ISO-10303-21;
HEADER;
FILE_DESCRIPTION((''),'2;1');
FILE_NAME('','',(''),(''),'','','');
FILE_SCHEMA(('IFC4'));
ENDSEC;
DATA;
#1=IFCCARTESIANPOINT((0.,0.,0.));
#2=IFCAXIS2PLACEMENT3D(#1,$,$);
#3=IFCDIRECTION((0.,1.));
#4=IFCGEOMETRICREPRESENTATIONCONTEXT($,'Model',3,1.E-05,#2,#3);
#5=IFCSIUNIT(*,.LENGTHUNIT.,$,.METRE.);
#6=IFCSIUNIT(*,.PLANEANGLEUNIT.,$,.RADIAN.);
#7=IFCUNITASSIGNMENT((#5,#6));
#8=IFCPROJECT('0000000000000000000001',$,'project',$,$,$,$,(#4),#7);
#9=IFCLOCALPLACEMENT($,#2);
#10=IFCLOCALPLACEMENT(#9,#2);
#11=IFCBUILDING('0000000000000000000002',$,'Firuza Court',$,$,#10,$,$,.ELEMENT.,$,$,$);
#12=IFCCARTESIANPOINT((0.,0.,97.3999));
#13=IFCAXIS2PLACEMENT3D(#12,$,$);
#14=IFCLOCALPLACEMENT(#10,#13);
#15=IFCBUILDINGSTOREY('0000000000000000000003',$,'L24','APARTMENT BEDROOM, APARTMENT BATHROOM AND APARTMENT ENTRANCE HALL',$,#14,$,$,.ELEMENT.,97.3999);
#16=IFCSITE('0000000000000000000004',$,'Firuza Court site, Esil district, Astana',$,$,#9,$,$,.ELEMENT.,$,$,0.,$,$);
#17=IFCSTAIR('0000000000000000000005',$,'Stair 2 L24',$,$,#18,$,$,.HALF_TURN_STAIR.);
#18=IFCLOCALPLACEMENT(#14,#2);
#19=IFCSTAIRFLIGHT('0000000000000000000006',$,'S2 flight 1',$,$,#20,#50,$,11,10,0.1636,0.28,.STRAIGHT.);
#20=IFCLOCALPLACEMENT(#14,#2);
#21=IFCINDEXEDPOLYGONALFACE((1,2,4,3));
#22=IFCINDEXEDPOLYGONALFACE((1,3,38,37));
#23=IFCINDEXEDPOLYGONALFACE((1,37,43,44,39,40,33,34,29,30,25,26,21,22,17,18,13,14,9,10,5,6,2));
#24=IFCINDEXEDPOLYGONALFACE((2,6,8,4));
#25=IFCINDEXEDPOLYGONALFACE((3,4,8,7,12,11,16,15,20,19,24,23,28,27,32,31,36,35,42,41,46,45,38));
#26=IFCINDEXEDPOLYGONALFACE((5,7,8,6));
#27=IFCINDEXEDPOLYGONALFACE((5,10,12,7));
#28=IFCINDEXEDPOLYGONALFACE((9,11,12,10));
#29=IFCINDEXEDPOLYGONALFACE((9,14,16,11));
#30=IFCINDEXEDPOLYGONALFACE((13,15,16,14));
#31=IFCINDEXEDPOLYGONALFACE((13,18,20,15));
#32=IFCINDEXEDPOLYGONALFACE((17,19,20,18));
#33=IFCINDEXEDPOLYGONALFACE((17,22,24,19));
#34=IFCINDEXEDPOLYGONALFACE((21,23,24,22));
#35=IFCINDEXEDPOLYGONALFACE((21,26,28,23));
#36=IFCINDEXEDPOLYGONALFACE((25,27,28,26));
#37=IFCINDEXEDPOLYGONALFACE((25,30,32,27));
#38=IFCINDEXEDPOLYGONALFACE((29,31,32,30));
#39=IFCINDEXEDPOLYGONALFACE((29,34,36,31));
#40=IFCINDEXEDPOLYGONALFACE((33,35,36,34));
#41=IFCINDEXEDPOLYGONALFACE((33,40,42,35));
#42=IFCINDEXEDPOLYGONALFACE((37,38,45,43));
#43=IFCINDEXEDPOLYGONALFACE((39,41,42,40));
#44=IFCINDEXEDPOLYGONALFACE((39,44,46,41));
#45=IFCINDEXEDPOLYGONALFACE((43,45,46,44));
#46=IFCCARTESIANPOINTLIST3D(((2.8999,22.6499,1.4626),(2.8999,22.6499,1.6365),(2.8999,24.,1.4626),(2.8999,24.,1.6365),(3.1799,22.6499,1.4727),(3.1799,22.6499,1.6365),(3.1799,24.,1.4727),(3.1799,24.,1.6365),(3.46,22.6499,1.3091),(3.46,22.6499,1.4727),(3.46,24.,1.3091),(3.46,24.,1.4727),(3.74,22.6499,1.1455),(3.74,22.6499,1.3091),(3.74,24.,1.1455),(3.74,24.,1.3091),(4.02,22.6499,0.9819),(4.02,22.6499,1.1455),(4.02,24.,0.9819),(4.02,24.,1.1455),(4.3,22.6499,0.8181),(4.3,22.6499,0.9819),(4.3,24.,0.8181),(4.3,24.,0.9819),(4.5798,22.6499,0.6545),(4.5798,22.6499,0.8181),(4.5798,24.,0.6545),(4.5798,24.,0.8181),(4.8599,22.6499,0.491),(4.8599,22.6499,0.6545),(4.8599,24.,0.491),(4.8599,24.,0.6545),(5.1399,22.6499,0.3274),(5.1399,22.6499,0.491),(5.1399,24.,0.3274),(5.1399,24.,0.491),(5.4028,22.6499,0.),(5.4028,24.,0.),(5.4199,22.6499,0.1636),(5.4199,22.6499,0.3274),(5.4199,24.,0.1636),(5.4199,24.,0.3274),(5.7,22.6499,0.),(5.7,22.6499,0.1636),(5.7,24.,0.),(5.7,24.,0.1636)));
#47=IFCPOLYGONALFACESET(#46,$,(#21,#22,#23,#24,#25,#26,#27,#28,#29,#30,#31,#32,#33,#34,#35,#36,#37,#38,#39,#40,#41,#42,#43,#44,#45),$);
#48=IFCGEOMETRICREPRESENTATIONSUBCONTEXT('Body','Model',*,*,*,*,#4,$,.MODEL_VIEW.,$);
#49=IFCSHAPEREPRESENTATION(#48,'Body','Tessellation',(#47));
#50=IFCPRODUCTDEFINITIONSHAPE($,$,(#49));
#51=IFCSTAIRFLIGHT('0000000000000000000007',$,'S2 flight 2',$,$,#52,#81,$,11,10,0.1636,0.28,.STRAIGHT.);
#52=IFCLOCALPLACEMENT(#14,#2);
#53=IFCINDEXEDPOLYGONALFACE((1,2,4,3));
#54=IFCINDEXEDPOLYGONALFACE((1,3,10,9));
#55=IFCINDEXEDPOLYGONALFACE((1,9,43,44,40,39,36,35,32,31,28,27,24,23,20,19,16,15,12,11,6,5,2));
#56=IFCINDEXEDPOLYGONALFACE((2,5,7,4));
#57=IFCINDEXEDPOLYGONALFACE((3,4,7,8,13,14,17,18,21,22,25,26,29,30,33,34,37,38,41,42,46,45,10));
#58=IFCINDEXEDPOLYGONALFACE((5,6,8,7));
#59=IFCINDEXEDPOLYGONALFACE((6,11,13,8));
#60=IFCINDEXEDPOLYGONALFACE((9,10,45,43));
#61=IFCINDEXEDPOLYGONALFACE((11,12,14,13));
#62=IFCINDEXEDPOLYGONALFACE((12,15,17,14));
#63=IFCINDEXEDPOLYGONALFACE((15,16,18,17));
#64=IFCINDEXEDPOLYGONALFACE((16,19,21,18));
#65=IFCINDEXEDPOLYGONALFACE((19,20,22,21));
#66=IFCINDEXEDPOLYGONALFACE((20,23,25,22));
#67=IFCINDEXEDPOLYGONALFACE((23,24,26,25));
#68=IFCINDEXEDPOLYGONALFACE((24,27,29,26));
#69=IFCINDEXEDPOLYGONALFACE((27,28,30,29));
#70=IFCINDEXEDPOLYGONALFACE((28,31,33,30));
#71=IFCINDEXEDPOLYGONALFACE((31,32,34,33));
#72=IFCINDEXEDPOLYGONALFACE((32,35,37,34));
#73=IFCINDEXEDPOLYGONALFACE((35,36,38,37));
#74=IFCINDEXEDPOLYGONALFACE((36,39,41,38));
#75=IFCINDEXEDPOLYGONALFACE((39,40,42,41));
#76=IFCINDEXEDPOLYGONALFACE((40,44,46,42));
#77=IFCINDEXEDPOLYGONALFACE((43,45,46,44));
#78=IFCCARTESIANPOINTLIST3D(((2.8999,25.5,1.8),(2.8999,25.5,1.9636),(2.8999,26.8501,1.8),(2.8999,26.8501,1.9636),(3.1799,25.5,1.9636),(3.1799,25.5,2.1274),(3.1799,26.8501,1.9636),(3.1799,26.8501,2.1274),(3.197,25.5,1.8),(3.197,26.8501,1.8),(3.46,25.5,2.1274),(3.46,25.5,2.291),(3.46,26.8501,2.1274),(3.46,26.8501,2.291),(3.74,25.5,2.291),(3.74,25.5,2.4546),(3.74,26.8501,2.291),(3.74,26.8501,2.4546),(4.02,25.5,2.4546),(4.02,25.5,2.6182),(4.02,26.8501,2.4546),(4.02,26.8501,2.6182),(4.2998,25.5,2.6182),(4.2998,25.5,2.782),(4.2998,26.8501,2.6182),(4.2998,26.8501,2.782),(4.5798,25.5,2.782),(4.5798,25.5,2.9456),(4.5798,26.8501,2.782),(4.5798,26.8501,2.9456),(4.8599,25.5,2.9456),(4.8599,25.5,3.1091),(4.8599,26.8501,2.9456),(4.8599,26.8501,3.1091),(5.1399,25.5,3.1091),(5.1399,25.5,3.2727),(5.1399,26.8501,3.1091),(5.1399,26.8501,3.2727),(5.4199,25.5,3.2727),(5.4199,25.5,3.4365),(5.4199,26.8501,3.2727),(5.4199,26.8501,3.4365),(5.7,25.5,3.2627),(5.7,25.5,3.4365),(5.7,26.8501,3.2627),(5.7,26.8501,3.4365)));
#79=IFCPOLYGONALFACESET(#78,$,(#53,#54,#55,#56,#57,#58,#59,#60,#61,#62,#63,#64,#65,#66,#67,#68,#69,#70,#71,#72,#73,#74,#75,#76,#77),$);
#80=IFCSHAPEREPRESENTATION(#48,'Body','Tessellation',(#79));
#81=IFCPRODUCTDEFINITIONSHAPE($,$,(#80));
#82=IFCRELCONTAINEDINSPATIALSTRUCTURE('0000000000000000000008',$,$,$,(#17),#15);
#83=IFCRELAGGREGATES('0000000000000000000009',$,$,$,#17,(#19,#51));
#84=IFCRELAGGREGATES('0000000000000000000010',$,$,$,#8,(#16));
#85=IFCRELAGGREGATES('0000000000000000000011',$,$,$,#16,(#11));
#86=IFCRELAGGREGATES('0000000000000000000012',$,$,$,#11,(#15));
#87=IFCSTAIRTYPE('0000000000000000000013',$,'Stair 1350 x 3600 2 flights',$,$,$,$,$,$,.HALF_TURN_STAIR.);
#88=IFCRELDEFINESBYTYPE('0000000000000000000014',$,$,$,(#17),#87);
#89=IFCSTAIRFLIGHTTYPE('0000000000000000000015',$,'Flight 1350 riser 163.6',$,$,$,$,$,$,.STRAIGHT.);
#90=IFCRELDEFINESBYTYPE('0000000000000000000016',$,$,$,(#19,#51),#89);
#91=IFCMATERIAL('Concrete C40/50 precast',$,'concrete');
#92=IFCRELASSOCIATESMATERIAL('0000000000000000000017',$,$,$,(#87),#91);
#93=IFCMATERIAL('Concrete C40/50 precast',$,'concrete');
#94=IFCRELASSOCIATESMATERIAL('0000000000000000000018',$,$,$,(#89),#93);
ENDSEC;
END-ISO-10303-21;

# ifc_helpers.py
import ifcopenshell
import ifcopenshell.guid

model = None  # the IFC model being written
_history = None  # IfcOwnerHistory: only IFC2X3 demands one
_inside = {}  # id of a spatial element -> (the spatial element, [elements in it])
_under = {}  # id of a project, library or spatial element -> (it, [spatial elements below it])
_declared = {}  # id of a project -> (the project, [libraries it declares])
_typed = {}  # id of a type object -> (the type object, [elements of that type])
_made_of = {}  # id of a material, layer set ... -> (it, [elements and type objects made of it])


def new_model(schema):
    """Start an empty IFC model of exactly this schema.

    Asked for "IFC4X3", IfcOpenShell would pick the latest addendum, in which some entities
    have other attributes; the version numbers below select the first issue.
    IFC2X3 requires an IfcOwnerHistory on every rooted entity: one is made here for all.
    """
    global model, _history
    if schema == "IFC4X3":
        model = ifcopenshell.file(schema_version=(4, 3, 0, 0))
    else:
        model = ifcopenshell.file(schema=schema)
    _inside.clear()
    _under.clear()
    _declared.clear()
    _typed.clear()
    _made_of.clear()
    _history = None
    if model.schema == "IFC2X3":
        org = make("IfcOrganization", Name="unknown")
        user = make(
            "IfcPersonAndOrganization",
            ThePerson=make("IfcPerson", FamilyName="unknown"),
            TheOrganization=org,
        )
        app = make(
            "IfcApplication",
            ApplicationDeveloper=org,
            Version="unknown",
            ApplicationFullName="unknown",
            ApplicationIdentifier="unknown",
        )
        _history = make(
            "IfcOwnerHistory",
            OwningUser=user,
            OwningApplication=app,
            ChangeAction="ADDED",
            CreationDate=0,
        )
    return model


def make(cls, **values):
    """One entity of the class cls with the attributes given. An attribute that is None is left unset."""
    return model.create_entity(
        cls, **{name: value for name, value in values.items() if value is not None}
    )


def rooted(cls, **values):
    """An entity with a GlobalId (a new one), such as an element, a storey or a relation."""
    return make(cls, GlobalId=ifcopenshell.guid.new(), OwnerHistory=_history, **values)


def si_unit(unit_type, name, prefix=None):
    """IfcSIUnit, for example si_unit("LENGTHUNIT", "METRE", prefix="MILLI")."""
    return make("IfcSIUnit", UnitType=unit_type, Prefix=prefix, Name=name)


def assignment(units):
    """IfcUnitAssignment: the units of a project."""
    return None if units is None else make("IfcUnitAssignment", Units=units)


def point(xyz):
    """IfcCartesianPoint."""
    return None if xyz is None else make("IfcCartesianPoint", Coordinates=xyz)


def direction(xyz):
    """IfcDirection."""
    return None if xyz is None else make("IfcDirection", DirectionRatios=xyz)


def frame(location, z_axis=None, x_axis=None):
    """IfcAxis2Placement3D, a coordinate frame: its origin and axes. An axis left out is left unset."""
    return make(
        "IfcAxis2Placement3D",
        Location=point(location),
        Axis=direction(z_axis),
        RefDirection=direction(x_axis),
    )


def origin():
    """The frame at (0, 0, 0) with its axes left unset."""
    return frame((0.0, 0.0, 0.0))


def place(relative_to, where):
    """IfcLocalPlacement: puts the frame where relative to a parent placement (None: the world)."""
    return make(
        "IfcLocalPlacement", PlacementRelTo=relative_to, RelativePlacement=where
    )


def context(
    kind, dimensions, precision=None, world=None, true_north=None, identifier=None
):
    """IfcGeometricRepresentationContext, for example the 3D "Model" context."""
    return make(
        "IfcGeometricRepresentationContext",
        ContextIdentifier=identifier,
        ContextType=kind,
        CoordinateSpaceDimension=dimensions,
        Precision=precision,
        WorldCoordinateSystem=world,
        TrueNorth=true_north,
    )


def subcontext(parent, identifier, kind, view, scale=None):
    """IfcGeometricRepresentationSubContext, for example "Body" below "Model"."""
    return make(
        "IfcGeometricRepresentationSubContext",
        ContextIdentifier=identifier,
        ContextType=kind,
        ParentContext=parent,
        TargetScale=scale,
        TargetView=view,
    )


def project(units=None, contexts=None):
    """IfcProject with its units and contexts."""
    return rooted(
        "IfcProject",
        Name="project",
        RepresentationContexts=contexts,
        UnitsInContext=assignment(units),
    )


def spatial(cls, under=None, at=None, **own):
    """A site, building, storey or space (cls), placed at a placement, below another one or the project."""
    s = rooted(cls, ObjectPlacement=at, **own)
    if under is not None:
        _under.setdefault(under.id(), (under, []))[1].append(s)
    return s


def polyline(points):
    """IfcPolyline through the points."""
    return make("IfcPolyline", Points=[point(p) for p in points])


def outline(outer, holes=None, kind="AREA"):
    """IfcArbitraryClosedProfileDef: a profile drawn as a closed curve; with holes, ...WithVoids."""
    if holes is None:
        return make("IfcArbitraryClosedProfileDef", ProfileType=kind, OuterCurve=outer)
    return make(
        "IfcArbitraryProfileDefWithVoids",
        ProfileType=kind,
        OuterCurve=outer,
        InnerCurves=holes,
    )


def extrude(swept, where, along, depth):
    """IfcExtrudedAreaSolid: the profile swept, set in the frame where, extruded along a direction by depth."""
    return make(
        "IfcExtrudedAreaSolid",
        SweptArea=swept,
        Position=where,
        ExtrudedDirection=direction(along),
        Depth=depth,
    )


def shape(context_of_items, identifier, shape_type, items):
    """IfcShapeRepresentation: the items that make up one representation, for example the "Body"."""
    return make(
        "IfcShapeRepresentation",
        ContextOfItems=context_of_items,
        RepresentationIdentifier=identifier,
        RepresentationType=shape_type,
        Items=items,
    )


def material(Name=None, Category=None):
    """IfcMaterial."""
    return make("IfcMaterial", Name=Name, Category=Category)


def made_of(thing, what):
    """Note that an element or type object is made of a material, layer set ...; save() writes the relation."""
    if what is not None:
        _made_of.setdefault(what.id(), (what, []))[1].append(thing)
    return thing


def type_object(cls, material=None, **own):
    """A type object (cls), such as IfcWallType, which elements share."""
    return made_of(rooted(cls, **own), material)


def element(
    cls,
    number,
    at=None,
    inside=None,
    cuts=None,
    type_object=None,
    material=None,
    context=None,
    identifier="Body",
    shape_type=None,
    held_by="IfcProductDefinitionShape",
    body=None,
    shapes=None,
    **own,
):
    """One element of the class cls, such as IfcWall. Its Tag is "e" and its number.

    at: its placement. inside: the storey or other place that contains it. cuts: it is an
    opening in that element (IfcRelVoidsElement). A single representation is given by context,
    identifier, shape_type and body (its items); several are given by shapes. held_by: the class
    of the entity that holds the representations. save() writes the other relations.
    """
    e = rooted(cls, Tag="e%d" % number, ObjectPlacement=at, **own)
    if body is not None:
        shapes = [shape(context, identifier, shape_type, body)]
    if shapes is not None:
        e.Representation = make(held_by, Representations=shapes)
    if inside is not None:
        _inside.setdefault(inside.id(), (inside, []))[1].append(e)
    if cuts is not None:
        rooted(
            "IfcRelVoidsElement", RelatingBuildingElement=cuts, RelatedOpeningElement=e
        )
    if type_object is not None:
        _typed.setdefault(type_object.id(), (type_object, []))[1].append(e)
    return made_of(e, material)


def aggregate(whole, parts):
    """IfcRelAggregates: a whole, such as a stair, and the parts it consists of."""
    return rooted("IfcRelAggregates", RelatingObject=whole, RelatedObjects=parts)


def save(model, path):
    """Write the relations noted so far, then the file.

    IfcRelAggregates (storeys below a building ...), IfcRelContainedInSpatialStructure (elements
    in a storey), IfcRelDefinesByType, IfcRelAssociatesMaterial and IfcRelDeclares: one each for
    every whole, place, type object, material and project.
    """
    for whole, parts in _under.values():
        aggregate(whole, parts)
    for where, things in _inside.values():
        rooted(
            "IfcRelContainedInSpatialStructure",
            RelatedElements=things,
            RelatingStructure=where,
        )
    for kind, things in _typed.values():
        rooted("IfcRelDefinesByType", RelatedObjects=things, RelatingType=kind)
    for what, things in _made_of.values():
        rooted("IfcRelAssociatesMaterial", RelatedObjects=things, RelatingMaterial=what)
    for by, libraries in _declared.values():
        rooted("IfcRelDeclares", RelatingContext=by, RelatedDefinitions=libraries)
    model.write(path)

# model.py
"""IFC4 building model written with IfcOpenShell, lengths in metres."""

from ifc_helpers import new_model, si_unit, direction, frame, origin, place, context, subcontext, project, spatial, polyline, outline, extrude, material, type_object, element, aggregate, save


model = new_model("IFC4")

# Units and contexts
model_context = context("Model", 3, precision=1e-05, world=origin(), true_north=direction((0.0, 1.0)))
body_context = subcontext(model_context, "Body", "Model", "MODEL_VIEW")
ifc_project = project(units=[si_unit("LENGTHUNIT", "METRE"), si_unit("PLANEANGLEUNIT", "RADIAN")], contexts=[model_context])

# Site, building, storey
site_placement = place(None, origin())
site = spatial("IfcSite", under=ifc_project, at=site_placement, Name="Firuza Court site, Esil district, Astana", CompositionType="ELEMENT", RefElevation=0.0)
building_placement = place(site_placement, origin())
building = spatial("IfcBuilding", under=site, at=building_placement, Name="Firuza Court", CompositionType="ELEMENT")
storey_placement = place(building_placement, frame((0.0, 0.0, 97.3999)))
storey = spatial("IfcBuildingStorey", under=building, at=storey_placement, Name="L24", Description="APARTMENT BEDROOM, APARTMENT BATHROOM AND APARTMENT ENTRANCE HALL", CompositionType="ELEMENT", Elevation=97.3999)

# Stair, stair flights
ifc_material_1 = material(Name="Concrete C40/50 precast", Category="concrete")
stair_type = type_object("IfcStairType", Name="Stair 1350 x 3600 2 flights", PredefinedType="HALF_TURN_STAIR", material=ifc_material_1)
stair_placement = place(storey_placement, origin())
stair = element("IfcStair", 1, at=stair_placement, inside=storey, type_object=stair_type, Name="Stair 2 L24", PredefinedType="HALF_TURN_STAIR")
ifc_material_2 = material(Name="Concrete C40/50 precast", Category="concrete")
stair_flight_type = type_object("IfcStairFlightType", Name="Flight 1350 riser 163.6", PredefinedType="STRAIGHT", material=ifc_material_2)
stair_flight_1_placement = place(storey_placement, frame((5.7, 23.325, 0.0), z_axis=(0.0, 0.0, 1.0), x_axis=(-1.0, 0.0, 0.0)))
stair_flight_1 = element("IfcStairFlight", 2, at=stair_flight_1_placement, type_object=stair_flight_type, Name="S2 flight 1", NumberOfRisers=11, NumberOfTreads=10, PredefinedType="STRAIGHT", RiserHeight=0.1636, TreadLength=0.28, context=body_context, shape_type="SweptSolid", body=[
    extrude(outline(polyline([(0.0, 0.0), (0.0, 0.1636), (0.28, 0.1636), (0.28, 0.3274), (0.5601, 0.3274), (0.5601, 0.491), (0.8401, 0.491), (0.8401, 0.6545), (1.1201, 0.6545), (1.1201, 0.8181), (1.3999, 0.8181), (1.3999, 0.9819), (1.6799, 0.9819), (1.6799, 1.1455), (1.96, 1.1455), (1.96, 1.3091), (2.24, 1.3091), (2.24, 1.4727), (2.52, 1.4727), (2.52, 1.6365), (2.8, 1.6365), (2.8, 1.8), (2.8, 1.4626), (0.2971, 0.0), (0.0, 0.0)])), frame((0.0, 0.675, 0.0), z_axis=(0.0, -1.0, 0.0), x_axis=(1.0, 0.0, 0.0)), (0.0, 0.0, 1.0), 1.3501),
])
stair_flight_2_placement = place(storey_placement, frame((2.8999, 26.175, 1.8), z_axis=(0.0, 0.0, 1.0), x_axis=(1.0, 0.0, 0.0)))
stair_flight_2 = element("IfcStairFlight", 3, at=stair_flight_2_placement, type_object=stair_flight_type, Name="S2 flight 2", NumberOfRisers=11, NumberOfTreads=10, PredefinedType="STRAIGHT", RiserHeight=0.1636, TreadLength=0.28, context=body_context, shape_type="SweptSolid", body=[
    extrude(outline(polyline([(0.0, 0.0), (0.0, 0.1636), (0.28, 0.1636), (0.28, 0.3274), (0.5601, 0.3274), (0.5601, 0.491), (0.8401, 0.491), (0.8401, 0.6545), (1.1201, 0.6545), (1.1201, 0.8181), (1.3999, 0.8181), (1.3999, 0.9819), (1.6799, 0.9819), (1.6799, 1.1455), (1.96, 1.1455), (1.96, 1.3091), (2.24, 1.3091), (2.24, 1.4727), (2.52, 1.4727), (2.52, 1.6365), (2.8, 1.6365), (2.8, 1.8), (2.8, 1.4626), (0.2971, 0.0), (0.0, 0.0)])), frame((0.0, 0.675, 0.0), z_axis=(0.0, -1.0, 0.0), x_axis=(1.0, 0.0, 0.0)), (0.0, 0.0, 1.0), 1.3501),
])
aggregate(stair, [stair_flight_1, stair_flight_2])

save(model, "model.ifc")
